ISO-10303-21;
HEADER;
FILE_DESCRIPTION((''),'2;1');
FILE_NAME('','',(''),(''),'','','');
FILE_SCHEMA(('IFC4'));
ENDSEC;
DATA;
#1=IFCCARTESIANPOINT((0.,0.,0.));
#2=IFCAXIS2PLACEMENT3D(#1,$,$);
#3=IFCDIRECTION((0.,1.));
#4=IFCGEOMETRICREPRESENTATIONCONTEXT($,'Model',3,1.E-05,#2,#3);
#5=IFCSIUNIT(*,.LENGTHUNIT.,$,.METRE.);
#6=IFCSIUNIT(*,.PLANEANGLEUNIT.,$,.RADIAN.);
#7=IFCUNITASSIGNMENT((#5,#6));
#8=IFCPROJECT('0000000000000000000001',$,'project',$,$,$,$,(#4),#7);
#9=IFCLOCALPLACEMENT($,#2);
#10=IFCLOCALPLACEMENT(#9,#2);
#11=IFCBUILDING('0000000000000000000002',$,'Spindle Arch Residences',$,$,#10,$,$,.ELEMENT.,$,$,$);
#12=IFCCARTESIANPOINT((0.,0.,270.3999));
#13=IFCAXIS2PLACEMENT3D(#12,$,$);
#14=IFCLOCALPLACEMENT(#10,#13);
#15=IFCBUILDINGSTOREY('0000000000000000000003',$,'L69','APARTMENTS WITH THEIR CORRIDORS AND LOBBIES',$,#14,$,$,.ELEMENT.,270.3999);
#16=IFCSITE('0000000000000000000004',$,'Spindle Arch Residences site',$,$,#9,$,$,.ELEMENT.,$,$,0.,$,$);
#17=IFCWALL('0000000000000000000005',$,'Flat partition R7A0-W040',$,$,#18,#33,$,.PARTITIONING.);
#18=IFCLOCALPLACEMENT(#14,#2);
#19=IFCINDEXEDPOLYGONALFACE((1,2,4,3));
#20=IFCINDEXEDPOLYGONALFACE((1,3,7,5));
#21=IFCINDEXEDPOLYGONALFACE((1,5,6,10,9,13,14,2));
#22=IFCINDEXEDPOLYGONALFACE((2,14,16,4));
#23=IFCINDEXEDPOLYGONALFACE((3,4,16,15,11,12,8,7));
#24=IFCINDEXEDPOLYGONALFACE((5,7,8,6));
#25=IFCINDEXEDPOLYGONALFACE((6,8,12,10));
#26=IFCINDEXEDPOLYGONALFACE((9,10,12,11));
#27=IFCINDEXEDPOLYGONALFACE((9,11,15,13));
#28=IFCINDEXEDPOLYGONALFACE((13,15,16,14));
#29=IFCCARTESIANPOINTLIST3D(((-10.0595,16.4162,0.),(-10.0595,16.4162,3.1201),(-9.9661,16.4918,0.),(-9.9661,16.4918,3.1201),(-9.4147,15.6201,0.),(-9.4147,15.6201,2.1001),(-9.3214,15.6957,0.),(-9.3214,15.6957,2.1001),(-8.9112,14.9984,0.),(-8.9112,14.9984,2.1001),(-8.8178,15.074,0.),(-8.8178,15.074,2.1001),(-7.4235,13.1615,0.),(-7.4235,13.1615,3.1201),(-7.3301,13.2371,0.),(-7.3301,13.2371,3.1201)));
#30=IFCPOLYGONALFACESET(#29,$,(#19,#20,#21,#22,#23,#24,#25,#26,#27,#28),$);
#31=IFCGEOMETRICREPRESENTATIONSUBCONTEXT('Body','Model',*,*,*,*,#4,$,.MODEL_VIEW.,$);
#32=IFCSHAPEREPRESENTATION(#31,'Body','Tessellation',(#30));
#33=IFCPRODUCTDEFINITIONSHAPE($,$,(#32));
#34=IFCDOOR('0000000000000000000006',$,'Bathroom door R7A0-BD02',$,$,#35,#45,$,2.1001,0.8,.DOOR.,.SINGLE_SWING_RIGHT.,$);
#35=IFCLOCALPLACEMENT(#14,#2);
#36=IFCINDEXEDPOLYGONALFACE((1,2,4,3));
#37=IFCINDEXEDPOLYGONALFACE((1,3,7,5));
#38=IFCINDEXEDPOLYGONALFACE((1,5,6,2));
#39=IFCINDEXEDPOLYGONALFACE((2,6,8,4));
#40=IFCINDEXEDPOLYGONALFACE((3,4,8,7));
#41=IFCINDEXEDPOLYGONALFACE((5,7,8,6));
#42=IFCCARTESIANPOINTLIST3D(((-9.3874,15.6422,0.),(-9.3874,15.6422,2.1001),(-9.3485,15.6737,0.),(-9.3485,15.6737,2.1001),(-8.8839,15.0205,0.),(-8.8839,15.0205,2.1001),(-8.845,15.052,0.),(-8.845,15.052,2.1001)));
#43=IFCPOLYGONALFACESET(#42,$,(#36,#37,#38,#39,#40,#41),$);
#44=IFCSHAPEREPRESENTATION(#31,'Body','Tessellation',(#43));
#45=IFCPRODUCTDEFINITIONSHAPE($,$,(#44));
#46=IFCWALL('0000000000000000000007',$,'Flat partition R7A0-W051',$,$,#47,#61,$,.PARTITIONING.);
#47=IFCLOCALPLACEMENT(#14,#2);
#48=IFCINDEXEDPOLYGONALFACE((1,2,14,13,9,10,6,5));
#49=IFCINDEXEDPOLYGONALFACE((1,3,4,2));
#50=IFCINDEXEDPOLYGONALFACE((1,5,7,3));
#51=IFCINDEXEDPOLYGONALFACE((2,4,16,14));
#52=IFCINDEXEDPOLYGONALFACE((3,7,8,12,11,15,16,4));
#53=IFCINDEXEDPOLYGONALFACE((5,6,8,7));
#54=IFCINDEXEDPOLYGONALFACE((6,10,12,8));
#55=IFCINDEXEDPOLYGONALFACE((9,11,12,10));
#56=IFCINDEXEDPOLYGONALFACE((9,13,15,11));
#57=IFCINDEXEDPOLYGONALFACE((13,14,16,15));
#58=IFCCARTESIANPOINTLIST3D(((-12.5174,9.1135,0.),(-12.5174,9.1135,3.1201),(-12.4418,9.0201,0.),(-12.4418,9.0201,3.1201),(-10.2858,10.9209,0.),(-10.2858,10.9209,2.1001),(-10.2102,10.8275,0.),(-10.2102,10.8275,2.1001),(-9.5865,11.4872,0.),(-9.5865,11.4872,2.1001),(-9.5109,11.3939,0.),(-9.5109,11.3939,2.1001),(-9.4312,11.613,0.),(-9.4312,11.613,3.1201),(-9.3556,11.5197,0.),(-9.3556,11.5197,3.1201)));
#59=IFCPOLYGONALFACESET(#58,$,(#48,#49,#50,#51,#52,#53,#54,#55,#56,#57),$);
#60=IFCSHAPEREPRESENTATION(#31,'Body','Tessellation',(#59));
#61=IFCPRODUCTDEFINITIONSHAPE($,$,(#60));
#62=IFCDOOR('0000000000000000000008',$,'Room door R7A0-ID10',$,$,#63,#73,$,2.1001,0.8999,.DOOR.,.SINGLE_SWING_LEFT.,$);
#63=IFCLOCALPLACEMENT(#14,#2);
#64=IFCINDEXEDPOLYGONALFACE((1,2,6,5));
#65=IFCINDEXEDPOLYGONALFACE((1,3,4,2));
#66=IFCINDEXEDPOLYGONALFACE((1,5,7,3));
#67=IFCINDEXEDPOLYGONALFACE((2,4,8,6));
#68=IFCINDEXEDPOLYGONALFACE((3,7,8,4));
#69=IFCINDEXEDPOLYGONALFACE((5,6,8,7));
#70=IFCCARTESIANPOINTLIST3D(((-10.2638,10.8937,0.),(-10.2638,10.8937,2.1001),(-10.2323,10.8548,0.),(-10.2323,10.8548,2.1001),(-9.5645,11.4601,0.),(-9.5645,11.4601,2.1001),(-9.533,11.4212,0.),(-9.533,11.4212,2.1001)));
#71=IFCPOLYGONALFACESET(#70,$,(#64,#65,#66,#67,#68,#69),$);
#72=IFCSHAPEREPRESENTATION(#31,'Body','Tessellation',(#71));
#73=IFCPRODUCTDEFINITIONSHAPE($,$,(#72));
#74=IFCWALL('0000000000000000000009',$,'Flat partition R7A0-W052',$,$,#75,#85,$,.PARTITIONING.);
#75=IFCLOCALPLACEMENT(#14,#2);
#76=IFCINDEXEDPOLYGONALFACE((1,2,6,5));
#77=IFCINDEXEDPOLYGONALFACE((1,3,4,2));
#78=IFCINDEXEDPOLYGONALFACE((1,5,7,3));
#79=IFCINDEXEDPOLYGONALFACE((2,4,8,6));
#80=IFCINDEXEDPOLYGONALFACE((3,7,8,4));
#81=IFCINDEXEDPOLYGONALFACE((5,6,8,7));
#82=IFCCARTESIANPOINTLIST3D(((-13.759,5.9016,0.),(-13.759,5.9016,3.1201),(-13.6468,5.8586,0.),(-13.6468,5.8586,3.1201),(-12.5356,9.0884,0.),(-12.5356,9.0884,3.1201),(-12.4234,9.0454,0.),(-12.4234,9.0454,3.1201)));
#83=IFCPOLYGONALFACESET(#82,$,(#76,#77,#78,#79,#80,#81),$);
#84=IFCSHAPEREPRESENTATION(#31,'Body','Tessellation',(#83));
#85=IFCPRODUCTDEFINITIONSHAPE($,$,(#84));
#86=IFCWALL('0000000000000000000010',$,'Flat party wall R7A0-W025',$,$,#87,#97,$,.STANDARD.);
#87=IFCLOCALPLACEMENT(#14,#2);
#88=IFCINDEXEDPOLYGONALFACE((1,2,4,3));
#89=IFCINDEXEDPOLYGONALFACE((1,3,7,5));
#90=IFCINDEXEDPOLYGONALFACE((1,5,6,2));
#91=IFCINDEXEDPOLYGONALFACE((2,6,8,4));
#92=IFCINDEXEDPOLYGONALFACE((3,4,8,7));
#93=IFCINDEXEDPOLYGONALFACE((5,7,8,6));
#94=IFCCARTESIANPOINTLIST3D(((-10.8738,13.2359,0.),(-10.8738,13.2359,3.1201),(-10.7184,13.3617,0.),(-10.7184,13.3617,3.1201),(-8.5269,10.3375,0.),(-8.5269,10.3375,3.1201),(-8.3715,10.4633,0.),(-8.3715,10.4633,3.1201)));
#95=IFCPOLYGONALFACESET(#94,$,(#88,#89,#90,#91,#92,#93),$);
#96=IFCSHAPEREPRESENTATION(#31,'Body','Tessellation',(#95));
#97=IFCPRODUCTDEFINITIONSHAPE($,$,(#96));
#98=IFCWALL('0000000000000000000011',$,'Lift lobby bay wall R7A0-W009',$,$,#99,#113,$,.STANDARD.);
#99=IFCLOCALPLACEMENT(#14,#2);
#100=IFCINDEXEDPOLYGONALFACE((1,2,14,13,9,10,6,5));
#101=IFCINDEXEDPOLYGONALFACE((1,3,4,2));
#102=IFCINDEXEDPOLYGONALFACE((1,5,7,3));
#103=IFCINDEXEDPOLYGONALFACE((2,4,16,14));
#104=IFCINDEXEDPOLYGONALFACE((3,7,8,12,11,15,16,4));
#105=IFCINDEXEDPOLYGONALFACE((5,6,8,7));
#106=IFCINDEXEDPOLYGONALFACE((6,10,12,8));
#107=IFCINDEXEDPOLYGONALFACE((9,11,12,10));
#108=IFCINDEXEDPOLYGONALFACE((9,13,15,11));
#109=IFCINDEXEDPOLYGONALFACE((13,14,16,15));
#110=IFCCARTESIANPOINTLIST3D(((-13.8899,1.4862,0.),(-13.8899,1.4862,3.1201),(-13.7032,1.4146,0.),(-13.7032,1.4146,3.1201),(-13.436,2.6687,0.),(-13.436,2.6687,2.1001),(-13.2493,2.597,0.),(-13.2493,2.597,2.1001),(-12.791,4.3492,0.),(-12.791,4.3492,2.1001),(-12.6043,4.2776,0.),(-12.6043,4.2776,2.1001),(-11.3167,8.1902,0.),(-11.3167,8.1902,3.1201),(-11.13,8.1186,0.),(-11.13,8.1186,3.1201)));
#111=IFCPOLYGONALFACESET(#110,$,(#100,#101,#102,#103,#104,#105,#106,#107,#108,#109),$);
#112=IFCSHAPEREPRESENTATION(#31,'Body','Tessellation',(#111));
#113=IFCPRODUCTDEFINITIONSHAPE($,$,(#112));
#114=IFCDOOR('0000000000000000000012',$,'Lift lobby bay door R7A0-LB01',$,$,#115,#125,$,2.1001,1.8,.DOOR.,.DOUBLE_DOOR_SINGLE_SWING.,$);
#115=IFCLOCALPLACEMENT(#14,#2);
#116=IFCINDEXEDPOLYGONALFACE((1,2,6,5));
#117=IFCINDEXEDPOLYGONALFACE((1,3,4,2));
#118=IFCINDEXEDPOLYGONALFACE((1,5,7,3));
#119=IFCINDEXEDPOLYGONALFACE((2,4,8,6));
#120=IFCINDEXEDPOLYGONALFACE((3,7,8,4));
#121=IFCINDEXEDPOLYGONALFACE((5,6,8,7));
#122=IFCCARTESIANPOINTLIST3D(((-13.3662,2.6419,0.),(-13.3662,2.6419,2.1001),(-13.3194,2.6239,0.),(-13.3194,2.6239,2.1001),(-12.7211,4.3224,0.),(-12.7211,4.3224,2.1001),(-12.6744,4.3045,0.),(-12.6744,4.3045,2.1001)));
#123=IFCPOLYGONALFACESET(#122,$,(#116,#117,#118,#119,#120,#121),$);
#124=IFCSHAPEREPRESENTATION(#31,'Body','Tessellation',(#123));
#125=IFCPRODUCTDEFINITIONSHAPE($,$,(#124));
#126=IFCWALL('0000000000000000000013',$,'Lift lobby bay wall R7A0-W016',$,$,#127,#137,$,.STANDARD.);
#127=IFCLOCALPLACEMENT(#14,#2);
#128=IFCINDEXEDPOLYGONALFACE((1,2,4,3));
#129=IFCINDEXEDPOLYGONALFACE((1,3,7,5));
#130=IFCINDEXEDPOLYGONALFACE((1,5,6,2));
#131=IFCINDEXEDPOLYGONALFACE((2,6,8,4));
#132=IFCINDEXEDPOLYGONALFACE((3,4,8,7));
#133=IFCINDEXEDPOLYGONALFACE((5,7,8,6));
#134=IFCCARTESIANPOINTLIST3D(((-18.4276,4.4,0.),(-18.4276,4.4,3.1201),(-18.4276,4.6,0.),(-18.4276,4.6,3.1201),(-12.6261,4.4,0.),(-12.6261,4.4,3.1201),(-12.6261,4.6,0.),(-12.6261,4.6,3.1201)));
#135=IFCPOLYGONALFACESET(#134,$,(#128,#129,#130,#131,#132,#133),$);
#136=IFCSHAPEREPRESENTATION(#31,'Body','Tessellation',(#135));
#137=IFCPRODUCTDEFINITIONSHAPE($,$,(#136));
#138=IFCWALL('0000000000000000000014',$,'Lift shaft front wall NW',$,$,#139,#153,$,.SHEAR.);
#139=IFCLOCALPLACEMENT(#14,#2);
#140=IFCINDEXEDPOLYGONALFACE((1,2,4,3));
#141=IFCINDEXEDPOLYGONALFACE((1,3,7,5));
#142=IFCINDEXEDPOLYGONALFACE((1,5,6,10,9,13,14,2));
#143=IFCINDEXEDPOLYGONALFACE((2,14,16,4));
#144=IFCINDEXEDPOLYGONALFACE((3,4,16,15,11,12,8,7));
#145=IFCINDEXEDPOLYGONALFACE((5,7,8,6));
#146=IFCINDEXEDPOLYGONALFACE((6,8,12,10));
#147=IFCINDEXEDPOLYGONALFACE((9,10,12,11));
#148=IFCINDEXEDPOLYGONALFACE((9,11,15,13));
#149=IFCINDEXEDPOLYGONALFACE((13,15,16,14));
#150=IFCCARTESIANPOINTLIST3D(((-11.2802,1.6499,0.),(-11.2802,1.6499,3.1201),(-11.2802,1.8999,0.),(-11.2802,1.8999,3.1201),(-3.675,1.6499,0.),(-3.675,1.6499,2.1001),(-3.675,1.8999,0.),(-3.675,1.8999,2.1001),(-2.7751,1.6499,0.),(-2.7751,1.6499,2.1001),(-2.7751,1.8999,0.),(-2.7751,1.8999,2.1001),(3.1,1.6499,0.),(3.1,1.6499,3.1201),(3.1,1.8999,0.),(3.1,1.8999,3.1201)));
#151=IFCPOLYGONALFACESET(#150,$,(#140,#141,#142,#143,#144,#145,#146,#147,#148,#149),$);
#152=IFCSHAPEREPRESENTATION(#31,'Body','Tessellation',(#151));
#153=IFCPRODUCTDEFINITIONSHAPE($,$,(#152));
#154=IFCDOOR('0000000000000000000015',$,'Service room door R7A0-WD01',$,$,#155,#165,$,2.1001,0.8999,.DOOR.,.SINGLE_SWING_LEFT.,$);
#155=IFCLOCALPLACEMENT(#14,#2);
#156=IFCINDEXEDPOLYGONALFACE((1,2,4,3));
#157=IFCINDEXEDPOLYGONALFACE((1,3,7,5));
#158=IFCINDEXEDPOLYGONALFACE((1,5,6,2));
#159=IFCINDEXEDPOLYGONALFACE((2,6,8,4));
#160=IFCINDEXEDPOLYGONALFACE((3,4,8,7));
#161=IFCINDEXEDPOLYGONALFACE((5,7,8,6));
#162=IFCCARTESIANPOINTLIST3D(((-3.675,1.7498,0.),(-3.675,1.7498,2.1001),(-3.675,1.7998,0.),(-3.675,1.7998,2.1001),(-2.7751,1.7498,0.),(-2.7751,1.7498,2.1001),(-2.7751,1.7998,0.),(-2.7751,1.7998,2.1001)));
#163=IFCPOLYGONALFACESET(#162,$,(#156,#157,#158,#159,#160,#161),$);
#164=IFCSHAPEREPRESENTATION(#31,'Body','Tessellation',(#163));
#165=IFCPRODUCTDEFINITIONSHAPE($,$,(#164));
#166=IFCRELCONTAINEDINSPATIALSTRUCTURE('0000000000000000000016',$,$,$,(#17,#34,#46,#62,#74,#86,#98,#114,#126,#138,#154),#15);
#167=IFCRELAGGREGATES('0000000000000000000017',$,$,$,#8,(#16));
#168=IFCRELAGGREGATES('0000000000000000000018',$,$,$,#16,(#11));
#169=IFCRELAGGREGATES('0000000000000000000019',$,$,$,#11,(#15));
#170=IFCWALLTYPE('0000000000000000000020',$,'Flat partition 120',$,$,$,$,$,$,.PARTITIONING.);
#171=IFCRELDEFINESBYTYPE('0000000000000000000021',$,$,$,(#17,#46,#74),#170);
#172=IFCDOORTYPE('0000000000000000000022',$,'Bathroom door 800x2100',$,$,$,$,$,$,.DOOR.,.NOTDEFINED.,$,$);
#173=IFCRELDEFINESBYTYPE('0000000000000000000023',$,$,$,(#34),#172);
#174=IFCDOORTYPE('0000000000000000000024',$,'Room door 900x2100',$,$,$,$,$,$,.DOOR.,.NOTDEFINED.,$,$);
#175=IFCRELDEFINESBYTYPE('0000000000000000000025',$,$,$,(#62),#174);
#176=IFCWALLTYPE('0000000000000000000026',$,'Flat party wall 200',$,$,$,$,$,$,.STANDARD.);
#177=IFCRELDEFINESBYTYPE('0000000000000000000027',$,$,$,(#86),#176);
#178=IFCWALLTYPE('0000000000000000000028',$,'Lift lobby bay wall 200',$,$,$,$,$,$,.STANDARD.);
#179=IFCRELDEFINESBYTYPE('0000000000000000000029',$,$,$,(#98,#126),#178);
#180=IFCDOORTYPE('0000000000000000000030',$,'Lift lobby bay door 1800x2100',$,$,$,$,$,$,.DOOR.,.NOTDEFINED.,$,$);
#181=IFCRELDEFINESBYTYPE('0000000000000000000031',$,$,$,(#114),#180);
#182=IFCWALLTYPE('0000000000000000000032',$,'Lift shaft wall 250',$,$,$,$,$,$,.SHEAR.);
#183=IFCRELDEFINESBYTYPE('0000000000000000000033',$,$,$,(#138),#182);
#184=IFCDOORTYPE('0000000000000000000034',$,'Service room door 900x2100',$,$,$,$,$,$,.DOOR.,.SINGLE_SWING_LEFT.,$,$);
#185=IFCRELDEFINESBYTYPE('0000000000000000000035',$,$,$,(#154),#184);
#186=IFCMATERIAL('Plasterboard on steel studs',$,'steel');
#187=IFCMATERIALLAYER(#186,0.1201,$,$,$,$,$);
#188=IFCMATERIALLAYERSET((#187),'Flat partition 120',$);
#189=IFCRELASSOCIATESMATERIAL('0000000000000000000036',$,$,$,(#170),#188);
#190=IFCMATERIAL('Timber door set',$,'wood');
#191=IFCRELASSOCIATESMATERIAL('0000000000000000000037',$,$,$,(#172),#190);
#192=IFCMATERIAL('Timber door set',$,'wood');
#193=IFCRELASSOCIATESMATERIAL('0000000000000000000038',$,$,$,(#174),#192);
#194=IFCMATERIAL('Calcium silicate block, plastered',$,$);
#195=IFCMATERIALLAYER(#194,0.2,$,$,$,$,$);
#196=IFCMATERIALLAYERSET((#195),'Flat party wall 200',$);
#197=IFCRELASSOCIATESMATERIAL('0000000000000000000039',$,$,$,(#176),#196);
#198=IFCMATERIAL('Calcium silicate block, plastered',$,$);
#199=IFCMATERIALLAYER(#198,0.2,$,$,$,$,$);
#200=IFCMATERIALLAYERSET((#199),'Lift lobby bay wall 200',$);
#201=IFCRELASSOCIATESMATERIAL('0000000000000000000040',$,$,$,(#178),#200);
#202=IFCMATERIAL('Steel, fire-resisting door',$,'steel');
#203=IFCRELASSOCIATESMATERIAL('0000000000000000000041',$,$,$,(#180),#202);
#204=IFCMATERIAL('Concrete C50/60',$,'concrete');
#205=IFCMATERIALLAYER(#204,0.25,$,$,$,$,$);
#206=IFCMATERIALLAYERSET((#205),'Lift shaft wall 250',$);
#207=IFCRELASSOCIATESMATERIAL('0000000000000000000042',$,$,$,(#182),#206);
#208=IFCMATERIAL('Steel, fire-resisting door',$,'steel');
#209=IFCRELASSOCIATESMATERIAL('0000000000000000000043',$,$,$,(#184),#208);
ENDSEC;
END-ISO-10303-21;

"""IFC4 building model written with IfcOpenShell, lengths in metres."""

from ifc_helpers import new_model, si_unit, direction, frame, frame_2d, origin, place, context, subcontext, project, spatial, rectangle, extrude, material, layer, layer_set, type_object, element, fill, save


model = new_model("IFC4")

# Units and contexts
model_context = context("Model", 3, precision=1e-05, world=origin(), true_north=direction((0.0, 1.0)))
body_context = subcontext(model_context, "Body", "Model", "MODEL_VIEW")
ifc_project = project(units=[si_unit("LENGTHUNIT", "METRE"), si_unit("PLANEANGLEUNIT", "RADIAN")], contexts=[model_context])

# Site, building, storey
site_placement = place(None, origin())
site = spatial("IfcSite", under=ifc_project, at=site_placement, Name="Spindle Arch Residences site", CompositionType="ELEMENT", RefElevation=0.0)
building_placement = place(site_placement, origin())
building = spatial("IfcBuilding", under=site, at=building_placement, Name="Spindle Arch Residences", CompositionType="ELEMENT")
storey_placement = place(building_placement, frame((0.0, 0.0, 270.3999)))
storey = spatial("IfcBuildingStorey", under=building, at=storey_placement, Name="L69", Description="APARTMENTS WITH THEIR CORRIDORS AND LOBBIES", CompositionType="ELEMENT", Elevation=270.3999)

# Shared definitions
ifc_material_1 = material(Name="Plasterboard on steel studs", Category="steel")
ifc_layer_1 = layer(ifc_material_1, 0.1201)
ifc_layer_set_1 = layer_set([ifc_layer_1], Name="Flat partition 120")
wall_type_1 = type_object("IfcWallType", Name="Flat partition 120", PredefinedType="PARTITIONING", material=ifc_layer_set_1)

# Walls, openings, doors
wall_1_placement = place(storey_placement, frame((-7.3767, 13.1992, 0.0), z_axis=(0.0, 0.0, 1.0), x_axis=(-0.629383, 0.777096, 0.0)))
wall_1 = element("IfcWall", 1, at=wall_1_placement, inside=storey, type_object=wall_type_1, Name="Flat partition R7A0-W040", PredefinedType="PARTITIONING", context=body_context, shape_type="SweptSolid", body=[
    extrude(rectangle(XDim=4.1882, YDim=0.1201, at=frame_2d((2.0942, 0.0))), origin(), (0.0, 0.0, 1.0), 3.1201),
])
opening_1_placement = place(wall_1_placement, frame((2.364, 0.0, 0.0)))
opening_1 = element("IfcOpeningElement", 2, at=opening_1_placement, cuts=wall_1, PredefinedType="OPENING", context=body_context, shape_type="SweptSolid", body=[
    extrude(rectangle(XDim=0.8, YDim=2.1001, at=frame_2d((0.3999, 1.05))), frame((0.0, 0.0701, 0.0), z_axis=(0.0, -1.0, 0.0), x_axis=(1.0, 0.0, 0.0)), (0.0, 0.0, 1.0), 0.1401),
])
ifc_material_2 = material(Name="Timber door set", Category="wood")
door_type_1 = type_object("IfcDoorType", Name="Bathroom door 800x2100", OperationType="NOTDEFINED", PredefinedType="DOOR", material=ifc_material_2)
door_1_placement = place(opening_1_placement, origin())
door_1 = element("IfcDoor", 3, at=door_1_placement, inside=storey, type_object=door_type_1, Name="Bathroom door R7A0-BD02", OperationType="SINGLE_SWING_RIGHT", OverallHeight=2.1001, OverallWidth=0.8, PredefinedType="DOOR", context=body_context, shape_type="SweptSolid", body=[
    extrude(rectangle(XDim=0.8, YDim=2.1001, at=frame_2d((0.3999, 1.05))), frame((0.0, 0.0249, 0.0), z_axis=(0.0, -1.0, 0.0), x_axis=(1.0, 0.0, 0.0)), (0.0, 0.0, 1.0), 0.05),
])
fill(opening_1, door_1)
wall_2_placement = place(storey_placement, frame((-9.3933, 11.5664, 0.0), z_axis=(0.0, 0.0, 1.0), x_axis=(-0.7771, -0.629377, 0.0)))
wall_2 = element("IfcWall", 4, at=wall_2_placement, inside=storey, type_object=wall_type_1, Name="Flat partition R7A0-W051", PredefinedType="PARTITIONING", context=body_context, shape_type="SweptSolid", body=[
    extrude(rectangle(XDim=3.9714, YDim=0.1201, at=frame_2d((1.9858, 0.0))), origin(), (0.0, 0.0, 1.0), 3.1201),
])
opening_2_placement = place(wall_2_placement, frame((0.2, 0.0, 0.0)))
opening_2 = element("IfcOpeningElement", 5, at=opening_2_placement, cuts=wall_2, PredefinedType="OPENING", context=body_context, shape_type="SweptSolid", body=[
    extrude(rectangle(XDim=0.8999, YDim=2.1001, at=frame_2d((0.45, 1.05))), frame((0.0, 0.0701, 0.0), z_axis=(0.0, -1.0, 0.0), x_axis=(1.0, 0.0, 0.0)), (0.0, 0.0, 1.0), 0.1401),
])
ifc_material_3 = material(Name="Timber door set", Category="wood")
door_type_2 = type_object("IfcDoorType", Name="Room door 900x2100", OperationType="NOTDEFINED", PredefinedType="DOOR", material=ifc_material_3)
door_2_placement = place(opening_2_placement, origin())
door_2 = element("IfcDoor", 6, at=door_2_placement, inside=storey, type_object=door_type_2, Name="Room door R7A0-ID10", OperationType="SINGLE_SWING_LEFT", OverallHeight=2.1001, OverallWidth=0.8999, PredefinedType="DOOR", context=body_context, shape_type="SweptSolid", body=[
    extrude(rectangle(XDim=0.8999, YDim=2.1001, at=frame_2d((0.45, 1.05))), frame((0.0, 0.0249, 0.0), z_axis=(0.0, -1.0, 0.0), x_axis=(1.0, 0.0, 0.0)), (0.0, 0.0, 1.0), 0.05),
])
fill(opening_2, door_2)

# Walls
wall_3_placement = place(storey_placement, frame((-12.4795, 9.0669, 0.0), z_axis=(0.0, 0.0, 1.0), x_axis=(-0.358394, -0.93357, 0.0)))
element("IfcWall", 7, at=wall_3_placement, inside=storey, type_object=wall_type_1, Name="Flat partition R7A0-W052", PredefinedType="PARTITIONING", context=body_context, shape_type="SweptSolid", body=[
    extrude(rectangle(XDim=3.4136, YDim=0.1201, at=frame_2d((1.7068, 0.0))), origin(), (0.0, 0.0, 1.0), 3.1201),
])
ifc_material_4 = material(Name="Calcium silicate block, plastered")
ifc_layer_2 = layer(ifc_material_4, 0.2)
ifc_layer_set_2 = layer_set([ifc_layer_2], Name="Flat party wall 200")
wall_type_2 = type_object("IfcWallType", Name="Flat party wall 200", PredefinedType="STANDARD", material=ifc_layer_set_2)
wall_4_placement = place(storey_placement, frame((-10.7961, 13.2988, 0.0), z_axis=(0.0, 0.0, 1.0), x_axis=(0.62929, -0.77717, 0.0)))
element("IfcWall", 8, at=wall_4_placement, inside=storey, type_object=wall_type_2, Name="Flat party wall R7A0-W025", PredefinedType="STANDARD", context=body_context, shape_type="SweptSolid", body=[
    extrude(rectangle(XDim=3.7295, YDim=0.2, at=frame_2d((1.8647, 0.0))), origin(), (0.0, 0.0, 1.0), 3.1201),
])

# Wall, opening, door
ifc_material_5 = material(Name="Calcium silicate block, plastered")
ifc_layer_3 = layer(ifc_material_5, 0.2)
ifc_layer_set_3 = layer_set([ifc_layer_3], Name="Lift lobby bay wall 200")
wall_type_3 = type_object("IfcWallType", Name="Lift lobby bay wall 200", PredefinedType="STANDARD", material=ifc_layer_set_3)
wall_5_placement = place(storey_placement, frame((-11.2234, 8.1543, 0.0), z_axis=(0.0, 0.0, 1.0), x_axis=(-0.358341, -0.933591, 0.0)))
wall_5 = element("IfcWall", 9, at=wall_5_placement, inside=storey, type_object=wall_type_3, Name="Lift lobby bay wall R7A0-W009", PredefinedType="STANDARD", context=body_context, shape_type="SweptSolid", body=[
    extrude(rectangle(XDim=7.1809, YDim=0.2, at=frame_2d((3.5903, 0.0))), origin(), (0.0, 0.0, 1.0), 3.1201),
])
opening_3_placement = place(wall_5_placement, frame((4.1143, 0.0, 0.0)))
opening_3 = element("IfcOpeningElement", 10, at=opening_3_placement, cuts=wall_5, PredefinedType="OPENING", context=body_context, shape_type="SweptSolid", body=[
    extrude(rectangle(XDim=1.8, YDim=2.1001, at=frame_2d((0.8999, 1.05))), frame((0.0, 0.1099, 0.0), z_axis=(0.0, -1.0, 0.0), x_axis=(1.0, 0.0, 0.0)), (0.0, 0.0, 1.0), 0.22),
])
ifc_material_6 = material(Name="Steel, fire-resisting door", Category="steel")
door_type_3 = type_object("IfcDoorType", Name="Lift lobby bay door 1800x2100", OperationType="NOTDEFINED", PredefinedType="DOOR", material=ifc_material_6)
door_3_placement = place(opening_3_placement, origin())
door_3 = element("IfcDoor", 11, at=door_3_placement, inside=storey, type_object=door_type_3, Name="Lift lobby bay door R7A0-LB01", OperationType="DOUBLE_DOOR_SINGLE_SWING", OverallHeight=2.1001, OverallWidth=1.8, PredefinedType="DOOR", context=body_context, shape_type="SweptSolid", body=[
    extrude(rectangle(XDim=1.8, YDim=2.1001, at=frame_2d((0.8999, 1.05))), frame((0.0, 0.0249, 0.0), z_axis=(0.0, -1.0, 0.0), x_axis=(1.0, 0.0, 0.0)), (0.0, 0.0, 1.0), 0.05),
])
fill(opening_3, door_3)

# Wall
wall_6_placement = place(storey_placement, frame((-12.626, 4.5, 0.0), z_axis=(0.0, 0.0, 1.0), x_axis=(-1.0, 0.0, 0.0)))
element("IfcWall", 12, at=wall_6_placement, inside=storey, type_object=wall_type_3, Name="Lift lobby bay wall R7A0-W016", PredefinedType="STANDARD", context=body_context, shape_type="SweptSolid", body=[
    extrude(rectangle(XDim=5.8015, YDim=0.2, at=frame_2d((2.9009, 0.0))), origin(), (0.0, 0.0, 1.0), 3.1201),
])

# Wall, opening, door
ifc_material_7 = material(Name="Concrete C50/60", Category="concrete")
ifc_layer_4 = layer(ifc_material_7, 0.25)
ifc_layer_set_4 = layer_set([ifc_layer_4], Name="Lift shaft wall 250")
wall_type_4 = type_object("IfcWallType", Name="Lift shaft wall 250", PredefinedType="SHEAR", material=ifc_layer_set_4)
wall_7_placement = place(storey_placement, frame((-11.28, 1.7749, 0.0), z_axis=(0.0, 0.0, 1.0), x_axis=(1.0, 0.0, 0.0)))
wall_7 = element("IfcWall", 13, at=wall_7_placement, inside=storey, type_object=wall_type_4, Name="Lift shaft front wall NW", PredefinedType="SHEAR", context=body_context, shape_type="SweptSolid", body=[
    extrude(rectangle(XDim=14.3801, YDim=0.25, at=frame_2d((7.1899, 0.0))), origin(), (0.0, 0.0, 1.0), 3.1201),
])
opening_4_placement = place(wall_7_placement, frame((7.605, 0.0, 0.0)))
opening_4 = element("IfcOpeningElement", 14, at=opening_4_placement, cuts=wall_7, PredefinedType="OPENING", context=body_context, shape_type="SweptSolid", body=[
    extrude(rectangle(XDim=0.8999, YDim=2.1001, at=frame_2d((0.45, 1.05))), frame((0.0, 0.135, 0.0), z_axis=(0.0, -1.0, 0.0), x_axis=(1.0, 0.0, 0.0)), (0.0, 0.0, 1.0), 0.27),
])
ifc_material_8 = material(Name="Steel, fire-resisting door", Category="steel")
door_type_4 = type_object("IfcDoorType", Name="Service room door 900x2100", OperationType="SINGLE_SWING_LEFT", PredefinedType="DOOR", material=ifc_material_8)
door_4_placement = place(opening_4_placement, origin())
door_4 = element("IfcDoor", 15, at=door_4_placement, inside=storey, type_object=door_type_4, Name="Service room door R7A0-WD01", OperationType="SINGLE_SWING_LEFT", OverallHeight=2.1001, OverallWidth=0.8999, PredefinedType="DOOR", context=body_context, shape_type="SweptSolid", body=[
    extrude(rectangle(XDim=0.8999, YDim=2.1001, at=frame_2d((0.45, 1.05))), frame((0.0, 0.0249, 0.0), z_axis=(0.0, -1.0, 0.0), x_axis=(1.0, 0.0, 0.0)), (0.0, 0.0, 1.0), 0.05),
])
fill(opening_4, door_4)

save(model, "model.ifc")
